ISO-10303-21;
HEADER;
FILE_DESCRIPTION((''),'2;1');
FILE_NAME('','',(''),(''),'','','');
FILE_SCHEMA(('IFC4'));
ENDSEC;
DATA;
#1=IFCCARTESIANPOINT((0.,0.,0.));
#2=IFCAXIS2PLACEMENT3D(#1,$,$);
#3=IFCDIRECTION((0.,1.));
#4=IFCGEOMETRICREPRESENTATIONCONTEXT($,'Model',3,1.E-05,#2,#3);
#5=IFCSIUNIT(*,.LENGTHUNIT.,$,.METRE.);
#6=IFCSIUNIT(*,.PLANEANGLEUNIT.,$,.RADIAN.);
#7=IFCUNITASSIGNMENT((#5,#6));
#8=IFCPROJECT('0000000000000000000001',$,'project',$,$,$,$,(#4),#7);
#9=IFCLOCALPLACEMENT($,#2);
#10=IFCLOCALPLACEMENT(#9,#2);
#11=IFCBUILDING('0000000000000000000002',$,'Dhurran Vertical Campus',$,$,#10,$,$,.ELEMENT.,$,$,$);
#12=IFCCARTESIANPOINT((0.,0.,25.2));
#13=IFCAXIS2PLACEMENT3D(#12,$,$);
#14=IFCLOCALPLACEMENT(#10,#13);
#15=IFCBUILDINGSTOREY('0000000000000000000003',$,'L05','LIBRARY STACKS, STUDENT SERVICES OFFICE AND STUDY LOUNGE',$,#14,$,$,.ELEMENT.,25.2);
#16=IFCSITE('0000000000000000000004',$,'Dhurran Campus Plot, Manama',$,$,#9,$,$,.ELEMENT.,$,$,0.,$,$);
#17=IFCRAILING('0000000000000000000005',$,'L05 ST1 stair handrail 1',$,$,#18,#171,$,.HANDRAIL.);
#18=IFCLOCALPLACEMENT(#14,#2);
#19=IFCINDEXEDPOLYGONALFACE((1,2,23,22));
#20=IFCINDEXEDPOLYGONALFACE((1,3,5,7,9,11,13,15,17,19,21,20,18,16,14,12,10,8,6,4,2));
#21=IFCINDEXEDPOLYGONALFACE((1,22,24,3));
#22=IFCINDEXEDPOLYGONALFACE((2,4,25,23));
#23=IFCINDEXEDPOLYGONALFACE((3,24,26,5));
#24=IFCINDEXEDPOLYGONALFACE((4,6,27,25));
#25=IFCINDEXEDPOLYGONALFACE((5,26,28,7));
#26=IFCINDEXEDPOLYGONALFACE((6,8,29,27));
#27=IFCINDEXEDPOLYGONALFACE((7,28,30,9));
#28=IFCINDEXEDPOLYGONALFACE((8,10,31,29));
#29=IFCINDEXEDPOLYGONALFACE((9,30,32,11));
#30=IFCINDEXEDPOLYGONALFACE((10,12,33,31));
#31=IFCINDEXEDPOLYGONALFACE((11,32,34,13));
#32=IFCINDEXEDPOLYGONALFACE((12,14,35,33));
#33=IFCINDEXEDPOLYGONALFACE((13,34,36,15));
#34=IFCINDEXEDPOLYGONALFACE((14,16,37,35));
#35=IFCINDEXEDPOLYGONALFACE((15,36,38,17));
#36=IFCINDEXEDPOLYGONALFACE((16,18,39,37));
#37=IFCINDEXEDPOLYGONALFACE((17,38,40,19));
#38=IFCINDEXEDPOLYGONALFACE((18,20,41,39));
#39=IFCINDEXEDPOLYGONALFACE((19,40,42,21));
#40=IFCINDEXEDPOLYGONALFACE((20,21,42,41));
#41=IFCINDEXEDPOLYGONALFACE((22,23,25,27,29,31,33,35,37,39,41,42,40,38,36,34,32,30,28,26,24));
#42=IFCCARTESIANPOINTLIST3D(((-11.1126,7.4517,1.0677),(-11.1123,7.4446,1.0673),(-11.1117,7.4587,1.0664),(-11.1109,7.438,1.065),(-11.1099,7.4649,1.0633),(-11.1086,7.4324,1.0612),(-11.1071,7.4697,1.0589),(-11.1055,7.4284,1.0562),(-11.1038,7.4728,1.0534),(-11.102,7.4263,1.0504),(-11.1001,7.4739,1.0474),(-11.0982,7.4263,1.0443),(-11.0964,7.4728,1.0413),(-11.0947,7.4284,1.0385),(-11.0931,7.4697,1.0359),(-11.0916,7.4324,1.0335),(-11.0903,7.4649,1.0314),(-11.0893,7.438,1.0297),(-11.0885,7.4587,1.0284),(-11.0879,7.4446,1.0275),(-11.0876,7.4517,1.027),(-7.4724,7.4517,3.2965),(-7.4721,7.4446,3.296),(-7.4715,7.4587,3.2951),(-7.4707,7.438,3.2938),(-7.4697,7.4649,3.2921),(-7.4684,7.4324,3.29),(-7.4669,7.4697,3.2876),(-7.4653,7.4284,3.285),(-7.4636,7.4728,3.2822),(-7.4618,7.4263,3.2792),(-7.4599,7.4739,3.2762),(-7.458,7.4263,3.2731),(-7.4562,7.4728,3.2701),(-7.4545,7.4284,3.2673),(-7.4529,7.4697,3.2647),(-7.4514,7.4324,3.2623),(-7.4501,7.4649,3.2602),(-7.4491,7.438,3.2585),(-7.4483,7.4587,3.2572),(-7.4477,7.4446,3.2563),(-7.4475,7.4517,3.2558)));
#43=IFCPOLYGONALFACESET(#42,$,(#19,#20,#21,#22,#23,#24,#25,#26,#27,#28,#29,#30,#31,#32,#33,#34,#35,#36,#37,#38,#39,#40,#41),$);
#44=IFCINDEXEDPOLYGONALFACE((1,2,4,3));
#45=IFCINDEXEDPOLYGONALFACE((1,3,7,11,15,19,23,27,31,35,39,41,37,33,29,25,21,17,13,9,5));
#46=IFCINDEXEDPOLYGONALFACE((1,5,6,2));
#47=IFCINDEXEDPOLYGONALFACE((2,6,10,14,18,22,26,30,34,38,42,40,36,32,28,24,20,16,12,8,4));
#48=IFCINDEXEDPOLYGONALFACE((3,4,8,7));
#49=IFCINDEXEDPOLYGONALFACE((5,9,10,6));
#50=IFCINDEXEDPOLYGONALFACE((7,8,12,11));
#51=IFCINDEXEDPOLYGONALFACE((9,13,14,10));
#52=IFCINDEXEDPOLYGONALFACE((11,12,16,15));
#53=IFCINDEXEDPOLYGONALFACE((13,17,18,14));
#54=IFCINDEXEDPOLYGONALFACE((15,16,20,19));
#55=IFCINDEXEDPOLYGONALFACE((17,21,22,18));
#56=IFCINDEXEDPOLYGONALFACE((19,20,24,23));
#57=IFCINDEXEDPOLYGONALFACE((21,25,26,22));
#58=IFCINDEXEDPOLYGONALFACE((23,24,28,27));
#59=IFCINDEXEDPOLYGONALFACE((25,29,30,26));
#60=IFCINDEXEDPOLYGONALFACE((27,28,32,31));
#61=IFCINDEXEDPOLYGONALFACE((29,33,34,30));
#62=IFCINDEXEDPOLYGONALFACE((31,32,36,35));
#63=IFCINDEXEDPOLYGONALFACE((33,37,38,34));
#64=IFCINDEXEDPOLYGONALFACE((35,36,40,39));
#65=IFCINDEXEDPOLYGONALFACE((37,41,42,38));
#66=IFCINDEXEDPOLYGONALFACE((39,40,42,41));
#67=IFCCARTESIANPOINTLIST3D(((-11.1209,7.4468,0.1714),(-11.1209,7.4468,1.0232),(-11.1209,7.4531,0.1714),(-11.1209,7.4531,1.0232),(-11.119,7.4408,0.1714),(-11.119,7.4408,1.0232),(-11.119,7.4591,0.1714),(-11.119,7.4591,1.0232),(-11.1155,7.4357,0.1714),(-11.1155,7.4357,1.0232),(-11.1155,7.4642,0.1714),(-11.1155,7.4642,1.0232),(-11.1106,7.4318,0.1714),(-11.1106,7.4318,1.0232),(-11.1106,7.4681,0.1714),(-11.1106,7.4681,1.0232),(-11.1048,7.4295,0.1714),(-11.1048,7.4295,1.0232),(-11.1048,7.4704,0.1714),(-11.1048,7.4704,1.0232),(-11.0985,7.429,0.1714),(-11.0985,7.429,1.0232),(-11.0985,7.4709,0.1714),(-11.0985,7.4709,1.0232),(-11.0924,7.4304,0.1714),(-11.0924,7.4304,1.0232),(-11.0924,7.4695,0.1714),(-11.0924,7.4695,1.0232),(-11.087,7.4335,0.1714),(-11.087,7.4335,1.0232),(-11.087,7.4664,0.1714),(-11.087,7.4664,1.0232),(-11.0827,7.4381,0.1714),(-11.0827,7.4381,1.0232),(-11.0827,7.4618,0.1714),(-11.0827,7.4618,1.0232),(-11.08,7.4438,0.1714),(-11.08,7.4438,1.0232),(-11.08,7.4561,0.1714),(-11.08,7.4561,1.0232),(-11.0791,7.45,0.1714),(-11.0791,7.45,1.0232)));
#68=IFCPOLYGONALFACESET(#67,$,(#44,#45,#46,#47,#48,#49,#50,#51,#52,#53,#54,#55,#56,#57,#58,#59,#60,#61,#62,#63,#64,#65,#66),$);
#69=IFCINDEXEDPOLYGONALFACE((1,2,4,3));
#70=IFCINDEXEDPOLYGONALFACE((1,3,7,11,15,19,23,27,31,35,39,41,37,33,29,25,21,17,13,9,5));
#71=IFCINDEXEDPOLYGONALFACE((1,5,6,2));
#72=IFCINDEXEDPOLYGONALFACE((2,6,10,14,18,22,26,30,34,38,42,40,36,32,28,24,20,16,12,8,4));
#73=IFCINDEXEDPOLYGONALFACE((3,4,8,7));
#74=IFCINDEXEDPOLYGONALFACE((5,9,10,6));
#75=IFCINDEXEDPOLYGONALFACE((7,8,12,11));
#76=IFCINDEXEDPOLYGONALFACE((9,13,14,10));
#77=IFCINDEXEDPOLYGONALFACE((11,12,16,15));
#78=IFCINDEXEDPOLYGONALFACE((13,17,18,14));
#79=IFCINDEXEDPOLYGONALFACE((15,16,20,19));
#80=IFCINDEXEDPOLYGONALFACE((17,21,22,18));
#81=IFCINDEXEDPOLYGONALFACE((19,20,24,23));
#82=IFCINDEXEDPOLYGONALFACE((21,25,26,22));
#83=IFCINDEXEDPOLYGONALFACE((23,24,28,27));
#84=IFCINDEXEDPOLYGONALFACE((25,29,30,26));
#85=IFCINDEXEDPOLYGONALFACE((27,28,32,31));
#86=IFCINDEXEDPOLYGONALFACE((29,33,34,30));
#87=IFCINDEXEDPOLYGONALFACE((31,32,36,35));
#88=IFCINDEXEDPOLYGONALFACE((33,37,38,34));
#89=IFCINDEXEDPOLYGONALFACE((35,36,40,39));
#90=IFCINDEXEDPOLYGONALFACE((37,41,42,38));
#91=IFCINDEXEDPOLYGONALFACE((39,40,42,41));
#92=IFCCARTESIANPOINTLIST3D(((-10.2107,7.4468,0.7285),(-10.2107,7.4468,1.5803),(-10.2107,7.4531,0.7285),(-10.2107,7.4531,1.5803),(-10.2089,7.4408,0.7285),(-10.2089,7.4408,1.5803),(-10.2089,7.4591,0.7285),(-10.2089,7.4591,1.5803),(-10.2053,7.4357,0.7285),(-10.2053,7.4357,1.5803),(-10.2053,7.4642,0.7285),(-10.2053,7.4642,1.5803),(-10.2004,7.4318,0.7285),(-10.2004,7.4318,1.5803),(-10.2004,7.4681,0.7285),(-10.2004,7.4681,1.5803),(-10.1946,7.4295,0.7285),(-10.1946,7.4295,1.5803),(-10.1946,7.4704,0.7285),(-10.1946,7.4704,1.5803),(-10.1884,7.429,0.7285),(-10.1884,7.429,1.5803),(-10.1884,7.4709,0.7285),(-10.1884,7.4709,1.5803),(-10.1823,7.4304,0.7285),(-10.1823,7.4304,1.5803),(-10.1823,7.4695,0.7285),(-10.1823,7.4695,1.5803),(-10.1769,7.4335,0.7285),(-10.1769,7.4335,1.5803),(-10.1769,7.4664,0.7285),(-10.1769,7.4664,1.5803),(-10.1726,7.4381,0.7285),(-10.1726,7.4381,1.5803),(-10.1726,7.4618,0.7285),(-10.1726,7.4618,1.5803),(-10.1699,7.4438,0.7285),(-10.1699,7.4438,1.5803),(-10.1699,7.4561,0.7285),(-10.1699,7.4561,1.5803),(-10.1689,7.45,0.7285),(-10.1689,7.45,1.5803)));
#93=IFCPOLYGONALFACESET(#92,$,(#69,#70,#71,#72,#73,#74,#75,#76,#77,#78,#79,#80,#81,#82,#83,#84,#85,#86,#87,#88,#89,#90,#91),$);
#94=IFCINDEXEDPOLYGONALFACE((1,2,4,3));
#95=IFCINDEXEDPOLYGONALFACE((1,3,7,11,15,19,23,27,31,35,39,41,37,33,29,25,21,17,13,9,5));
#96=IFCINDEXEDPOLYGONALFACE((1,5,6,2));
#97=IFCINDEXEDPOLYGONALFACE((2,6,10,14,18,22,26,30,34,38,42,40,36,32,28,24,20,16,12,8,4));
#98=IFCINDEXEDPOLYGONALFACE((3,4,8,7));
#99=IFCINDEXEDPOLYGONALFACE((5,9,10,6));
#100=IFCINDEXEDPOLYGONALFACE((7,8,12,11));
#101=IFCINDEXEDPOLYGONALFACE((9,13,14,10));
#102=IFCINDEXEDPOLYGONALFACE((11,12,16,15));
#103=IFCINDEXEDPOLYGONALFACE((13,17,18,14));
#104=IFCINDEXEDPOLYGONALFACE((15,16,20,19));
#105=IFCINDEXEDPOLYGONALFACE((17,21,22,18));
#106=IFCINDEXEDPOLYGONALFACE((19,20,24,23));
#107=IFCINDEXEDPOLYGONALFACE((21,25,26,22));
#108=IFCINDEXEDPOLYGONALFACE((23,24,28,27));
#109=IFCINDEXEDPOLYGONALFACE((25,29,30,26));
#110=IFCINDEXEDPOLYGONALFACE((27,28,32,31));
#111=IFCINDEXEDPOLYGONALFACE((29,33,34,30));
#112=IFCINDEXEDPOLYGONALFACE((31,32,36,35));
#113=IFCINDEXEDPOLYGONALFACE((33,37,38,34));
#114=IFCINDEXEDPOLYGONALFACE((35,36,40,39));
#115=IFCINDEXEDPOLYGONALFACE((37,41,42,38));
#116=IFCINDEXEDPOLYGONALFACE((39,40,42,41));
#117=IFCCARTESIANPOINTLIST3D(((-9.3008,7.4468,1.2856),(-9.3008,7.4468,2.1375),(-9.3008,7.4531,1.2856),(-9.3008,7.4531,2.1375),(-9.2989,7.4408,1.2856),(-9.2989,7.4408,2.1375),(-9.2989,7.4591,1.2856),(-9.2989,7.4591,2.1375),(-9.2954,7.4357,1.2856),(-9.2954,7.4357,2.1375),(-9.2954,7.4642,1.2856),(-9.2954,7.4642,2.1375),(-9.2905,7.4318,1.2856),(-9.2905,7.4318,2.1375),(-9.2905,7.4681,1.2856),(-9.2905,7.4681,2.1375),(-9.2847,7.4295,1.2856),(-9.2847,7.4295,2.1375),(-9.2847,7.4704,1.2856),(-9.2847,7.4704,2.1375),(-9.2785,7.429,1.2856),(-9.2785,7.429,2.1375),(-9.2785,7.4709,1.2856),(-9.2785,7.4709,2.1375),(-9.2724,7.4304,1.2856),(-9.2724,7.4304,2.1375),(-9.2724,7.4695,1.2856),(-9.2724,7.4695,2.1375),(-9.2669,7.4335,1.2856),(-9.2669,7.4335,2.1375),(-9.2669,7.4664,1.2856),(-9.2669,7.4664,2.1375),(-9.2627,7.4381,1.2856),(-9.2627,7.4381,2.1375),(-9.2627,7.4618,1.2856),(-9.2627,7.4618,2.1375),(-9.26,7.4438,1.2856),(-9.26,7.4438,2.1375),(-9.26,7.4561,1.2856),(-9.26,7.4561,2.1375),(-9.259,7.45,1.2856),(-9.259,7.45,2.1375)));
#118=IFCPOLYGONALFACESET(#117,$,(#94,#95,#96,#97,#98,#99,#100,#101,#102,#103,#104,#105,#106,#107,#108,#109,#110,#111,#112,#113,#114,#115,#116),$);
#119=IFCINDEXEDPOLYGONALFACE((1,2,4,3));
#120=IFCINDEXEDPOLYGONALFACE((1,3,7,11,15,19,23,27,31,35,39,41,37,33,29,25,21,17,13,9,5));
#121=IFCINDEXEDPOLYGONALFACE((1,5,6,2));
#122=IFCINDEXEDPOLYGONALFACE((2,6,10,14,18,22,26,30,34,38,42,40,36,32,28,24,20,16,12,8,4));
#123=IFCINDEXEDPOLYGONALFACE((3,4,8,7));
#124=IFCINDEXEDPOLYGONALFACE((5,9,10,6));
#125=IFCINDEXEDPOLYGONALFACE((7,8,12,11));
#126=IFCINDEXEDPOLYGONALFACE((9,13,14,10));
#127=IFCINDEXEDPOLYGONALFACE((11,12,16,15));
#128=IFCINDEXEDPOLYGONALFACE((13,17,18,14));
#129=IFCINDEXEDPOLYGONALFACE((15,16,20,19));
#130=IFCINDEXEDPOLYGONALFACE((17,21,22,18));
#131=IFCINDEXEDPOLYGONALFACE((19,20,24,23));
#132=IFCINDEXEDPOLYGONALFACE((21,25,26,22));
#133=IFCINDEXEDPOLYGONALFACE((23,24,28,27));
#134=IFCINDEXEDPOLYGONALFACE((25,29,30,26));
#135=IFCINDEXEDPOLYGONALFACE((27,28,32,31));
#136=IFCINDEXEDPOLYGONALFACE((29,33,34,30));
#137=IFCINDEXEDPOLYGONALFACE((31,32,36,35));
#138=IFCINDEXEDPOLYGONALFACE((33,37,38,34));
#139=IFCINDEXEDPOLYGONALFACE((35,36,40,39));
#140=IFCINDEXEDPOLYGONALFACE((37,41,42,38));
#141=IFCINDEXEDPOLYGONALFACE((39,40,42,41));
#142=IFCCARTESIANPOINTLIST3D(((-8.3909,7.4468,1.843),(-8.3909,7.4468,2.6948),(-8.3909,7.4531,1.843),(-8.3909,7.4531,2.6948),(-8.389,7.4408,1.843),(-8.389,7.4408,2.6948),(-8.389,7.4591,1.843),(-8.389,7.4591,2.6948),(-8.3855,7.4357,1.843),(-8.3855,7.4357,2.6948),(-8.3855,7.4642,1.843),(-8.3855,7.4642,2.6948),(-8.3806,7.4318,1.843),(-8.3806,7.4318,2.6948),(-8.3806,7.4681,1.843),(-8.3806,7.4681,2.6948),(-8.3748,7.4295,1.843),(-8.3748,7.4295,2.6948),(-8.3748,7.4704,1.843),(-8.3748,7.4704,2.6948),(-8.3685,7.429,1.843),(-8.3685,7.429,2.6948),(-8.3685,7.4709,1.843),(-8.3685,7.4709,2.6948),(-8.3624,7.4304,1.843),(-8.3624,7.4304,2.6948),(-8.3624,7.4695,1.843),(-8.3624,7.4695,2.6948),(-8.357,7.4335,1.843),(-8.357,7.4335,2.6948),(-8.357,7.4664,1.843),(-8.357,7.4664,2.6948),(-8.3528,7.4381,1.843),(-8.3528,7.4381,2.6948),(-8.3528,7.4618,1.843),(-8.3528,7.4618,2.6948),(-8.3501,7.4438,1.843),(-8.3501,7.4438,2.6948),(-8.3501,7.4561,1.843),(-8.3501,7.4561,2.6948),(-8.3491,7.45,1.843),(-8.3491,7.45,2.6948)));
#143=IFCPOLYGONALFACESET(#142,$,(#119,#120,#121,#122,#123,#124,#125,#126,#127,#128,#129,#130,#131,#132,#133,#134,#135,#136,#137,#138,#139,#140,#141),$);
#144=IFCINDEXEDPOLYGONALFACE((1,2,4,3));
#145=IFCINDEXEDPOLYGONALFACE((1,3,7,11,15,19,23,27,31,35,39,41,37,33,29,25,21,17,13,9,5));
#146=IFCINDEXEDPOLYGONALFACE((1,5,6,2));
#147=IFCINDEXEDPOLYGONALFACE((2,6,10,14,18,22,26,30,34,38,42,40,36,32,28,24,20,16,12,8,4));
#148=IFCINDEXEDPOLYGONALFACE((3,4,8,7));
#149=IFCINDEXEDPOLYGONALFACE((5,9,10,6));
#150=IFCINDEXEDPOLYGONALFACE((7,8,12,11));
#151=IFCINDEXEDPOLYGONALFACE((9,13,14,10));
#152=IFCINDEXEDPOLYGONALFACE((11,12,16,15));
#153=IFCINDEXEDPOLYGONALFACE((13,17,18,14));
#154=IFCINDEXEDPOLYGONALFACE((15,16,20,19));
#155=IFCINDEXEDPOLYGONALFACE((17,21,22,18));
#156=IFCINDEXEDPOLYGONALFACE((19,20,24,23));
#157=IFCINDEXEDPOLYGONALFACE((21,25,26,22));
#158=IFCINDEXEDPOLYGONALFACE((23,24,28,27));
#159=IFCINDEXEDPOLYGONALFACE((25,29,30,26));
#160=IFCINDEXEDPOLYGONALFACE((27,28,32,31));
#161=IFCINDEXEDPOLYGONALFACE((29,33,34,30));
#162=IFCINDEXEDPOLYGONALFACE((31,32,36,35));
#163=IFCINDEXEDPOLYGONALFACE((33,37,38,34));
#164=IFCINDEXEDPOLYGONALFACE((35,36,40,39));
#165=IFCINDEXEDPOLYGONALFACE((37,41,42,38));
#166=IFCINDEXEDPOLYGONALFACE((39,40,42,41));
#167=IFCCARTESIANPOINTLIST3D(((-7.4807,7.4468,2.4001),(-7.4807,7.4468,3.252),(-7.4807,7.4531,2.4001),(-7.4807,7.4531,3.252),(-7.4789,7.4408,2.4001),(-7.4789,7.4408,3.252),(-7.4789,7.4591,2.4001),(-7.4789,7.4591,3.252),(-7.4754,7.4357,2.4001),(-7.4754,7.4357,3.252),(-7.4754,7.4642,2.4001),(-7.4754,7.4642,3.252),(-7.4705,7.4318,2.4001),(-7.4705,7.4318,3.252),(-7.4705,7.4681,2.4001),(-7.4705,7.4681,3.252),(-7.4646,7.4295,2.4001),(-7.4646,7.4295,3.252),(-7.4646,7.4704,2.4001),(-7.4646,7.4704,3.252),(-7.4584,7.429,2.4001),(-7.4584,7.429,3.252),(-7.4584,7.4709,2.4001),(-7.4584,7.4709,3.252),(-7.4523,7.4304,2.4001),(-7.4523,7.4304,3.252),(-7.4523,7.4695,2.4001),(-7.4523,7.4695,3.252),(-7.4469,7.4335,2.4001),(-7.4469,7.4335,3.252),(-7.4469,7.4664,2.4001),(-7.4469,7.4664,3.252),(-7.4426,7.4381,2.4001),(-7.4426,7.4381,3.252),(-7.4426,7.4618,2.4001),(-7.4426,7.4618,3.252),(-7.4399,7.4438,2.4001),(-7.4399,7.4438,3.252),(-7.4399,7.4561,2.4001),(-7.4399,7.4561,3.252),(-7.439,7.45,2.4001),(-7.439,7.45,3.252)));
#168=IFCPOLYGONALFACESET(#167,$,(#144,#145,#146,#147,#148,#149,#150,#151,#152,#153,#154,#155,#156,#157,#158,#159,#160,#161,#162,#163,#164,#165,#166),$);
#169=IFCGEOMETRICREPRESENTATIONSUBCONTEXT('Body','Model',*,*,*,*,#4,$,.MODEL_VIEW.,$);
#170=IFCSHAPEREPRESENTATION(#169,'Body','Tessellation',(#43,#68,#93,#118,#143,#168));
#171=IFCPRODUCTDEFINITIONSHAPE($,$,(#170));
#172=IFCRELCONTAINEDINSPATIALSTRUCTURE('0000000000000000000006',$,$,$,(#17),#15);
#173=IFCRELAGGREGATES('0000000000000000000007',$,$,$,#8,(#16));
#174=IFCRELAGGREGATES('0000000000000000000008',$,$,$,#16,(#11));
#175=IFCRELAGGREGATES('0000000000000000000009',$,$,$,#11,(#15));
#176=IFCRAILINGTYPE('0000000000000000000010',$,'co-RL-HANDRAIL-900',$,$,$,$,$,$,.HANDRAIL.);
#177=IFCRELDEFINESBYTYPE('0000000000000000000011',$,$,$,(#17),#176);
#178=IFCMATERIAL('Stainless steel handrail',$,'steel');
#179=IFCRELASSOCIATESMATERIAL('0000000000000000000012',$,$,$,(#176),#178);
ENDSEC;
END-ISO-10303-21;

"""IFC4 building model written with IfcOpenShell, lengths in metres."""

from ifc_helpers import new_model, si_unit, direction, frame, origin, origin_2d, place, context, subcontext, project, spatial, circle, extrude, material, type_object, element, save


model = new_model("IFC4")

# Units and contexts
model_context = context("Model", 3, precision=1e-05, world=origin(), true_north=direction((0.0, 1.0)))
body_context = subcontext(model_context, "Body", "Model", "MODEL_VIEW")
ifc_project = project(units=[si_unit("LENGTHUNIT", "METRE"), si_unit("PLANEANGLEUNIT", "RADIAN")], contexts=[model_context])

# Site, building, storey
site_placement = place(None, origin())
site = spatial("IfcSite", under=ifc_project, at=site_placement, Name="Dhurran Campus Plot, Manama", CompositionType="ELEMENT", RefElevation=0.0)
building_placement = place(site_placement, origin())
building = spatial("IfcBuilding", under=site, at=building_placement, Name="Dhurran Vertical Campus", CompositionType="ELEMENT")
storey_placement = place(building_placement, frame((0.0, 0.0, 25.2)))
storey = spatial("IfcBuildingStorey", under=building, at=storey_placement, Name="L05", Description="LIBRARY STACKS, STUDENT SERVICES OFFICE AND STUDY LOUNGE", CompositionType="ELEMENT", Elevation=25.2)

# Railing
ifc_material_1 = material(Name="Stainless steel handrail", Category="steel")
railing_type_1 = type_object("IfcRailingType", Name="co-RL-HANDRAIL-900", PredefinedType="HANDRAIL", material=ifc_material_1)
railing_1_placement = place(storey_placement, frame((-11.1001, 7.45, 0.1714)))
element("IfcRailing", 1, at=railing_1_placement, inside=storey, type_object=railing_type_1, Name="L05 ST1 stair handrail 1", PredefinedType="HANDRAIL", context=body_context, shape_type="SweptSolid", body=[
    extrude(circle(Radius=0.0239, at=origin_2d()), frame((0.0, 0.0, 0.876), z_axis=(0.85284, 0.0, 0.522172), x_axis=(0.0, 1.0, 0.0)), (0.0, 0.0, 1.0), 4.2683),
    extrude(circle(Radius=0.021, at=origin_2d()), origin(), (0.0, 0.0, 1.0), 0.8518),
    extrude(circle(Radius=0.021, at=origin_2d()), frame((0.9102, 0.0, 0.5571)), (0.0, 0.0, 1.0), 0.8518),
    extrude(circle(Radius=0.021, at=origin_2d()), frame((1.8201, 0.0, 1.1143)), (0.0, 0.0, 1.0), 0.8518),
    extrude(circle(Radius=0.021, at=origin_2d()), frame((2.73, 0.0, 1.6716)), (0.0, 0.0, 1.0), 0.8518),
    extrude(circle(Radius=0.021, at=origin_2d()), frame((3.6401, 0.0, 2.2288)), (0.0, 0.0, 1.0), 0.8518),
])

save(model, "model.ifc")
